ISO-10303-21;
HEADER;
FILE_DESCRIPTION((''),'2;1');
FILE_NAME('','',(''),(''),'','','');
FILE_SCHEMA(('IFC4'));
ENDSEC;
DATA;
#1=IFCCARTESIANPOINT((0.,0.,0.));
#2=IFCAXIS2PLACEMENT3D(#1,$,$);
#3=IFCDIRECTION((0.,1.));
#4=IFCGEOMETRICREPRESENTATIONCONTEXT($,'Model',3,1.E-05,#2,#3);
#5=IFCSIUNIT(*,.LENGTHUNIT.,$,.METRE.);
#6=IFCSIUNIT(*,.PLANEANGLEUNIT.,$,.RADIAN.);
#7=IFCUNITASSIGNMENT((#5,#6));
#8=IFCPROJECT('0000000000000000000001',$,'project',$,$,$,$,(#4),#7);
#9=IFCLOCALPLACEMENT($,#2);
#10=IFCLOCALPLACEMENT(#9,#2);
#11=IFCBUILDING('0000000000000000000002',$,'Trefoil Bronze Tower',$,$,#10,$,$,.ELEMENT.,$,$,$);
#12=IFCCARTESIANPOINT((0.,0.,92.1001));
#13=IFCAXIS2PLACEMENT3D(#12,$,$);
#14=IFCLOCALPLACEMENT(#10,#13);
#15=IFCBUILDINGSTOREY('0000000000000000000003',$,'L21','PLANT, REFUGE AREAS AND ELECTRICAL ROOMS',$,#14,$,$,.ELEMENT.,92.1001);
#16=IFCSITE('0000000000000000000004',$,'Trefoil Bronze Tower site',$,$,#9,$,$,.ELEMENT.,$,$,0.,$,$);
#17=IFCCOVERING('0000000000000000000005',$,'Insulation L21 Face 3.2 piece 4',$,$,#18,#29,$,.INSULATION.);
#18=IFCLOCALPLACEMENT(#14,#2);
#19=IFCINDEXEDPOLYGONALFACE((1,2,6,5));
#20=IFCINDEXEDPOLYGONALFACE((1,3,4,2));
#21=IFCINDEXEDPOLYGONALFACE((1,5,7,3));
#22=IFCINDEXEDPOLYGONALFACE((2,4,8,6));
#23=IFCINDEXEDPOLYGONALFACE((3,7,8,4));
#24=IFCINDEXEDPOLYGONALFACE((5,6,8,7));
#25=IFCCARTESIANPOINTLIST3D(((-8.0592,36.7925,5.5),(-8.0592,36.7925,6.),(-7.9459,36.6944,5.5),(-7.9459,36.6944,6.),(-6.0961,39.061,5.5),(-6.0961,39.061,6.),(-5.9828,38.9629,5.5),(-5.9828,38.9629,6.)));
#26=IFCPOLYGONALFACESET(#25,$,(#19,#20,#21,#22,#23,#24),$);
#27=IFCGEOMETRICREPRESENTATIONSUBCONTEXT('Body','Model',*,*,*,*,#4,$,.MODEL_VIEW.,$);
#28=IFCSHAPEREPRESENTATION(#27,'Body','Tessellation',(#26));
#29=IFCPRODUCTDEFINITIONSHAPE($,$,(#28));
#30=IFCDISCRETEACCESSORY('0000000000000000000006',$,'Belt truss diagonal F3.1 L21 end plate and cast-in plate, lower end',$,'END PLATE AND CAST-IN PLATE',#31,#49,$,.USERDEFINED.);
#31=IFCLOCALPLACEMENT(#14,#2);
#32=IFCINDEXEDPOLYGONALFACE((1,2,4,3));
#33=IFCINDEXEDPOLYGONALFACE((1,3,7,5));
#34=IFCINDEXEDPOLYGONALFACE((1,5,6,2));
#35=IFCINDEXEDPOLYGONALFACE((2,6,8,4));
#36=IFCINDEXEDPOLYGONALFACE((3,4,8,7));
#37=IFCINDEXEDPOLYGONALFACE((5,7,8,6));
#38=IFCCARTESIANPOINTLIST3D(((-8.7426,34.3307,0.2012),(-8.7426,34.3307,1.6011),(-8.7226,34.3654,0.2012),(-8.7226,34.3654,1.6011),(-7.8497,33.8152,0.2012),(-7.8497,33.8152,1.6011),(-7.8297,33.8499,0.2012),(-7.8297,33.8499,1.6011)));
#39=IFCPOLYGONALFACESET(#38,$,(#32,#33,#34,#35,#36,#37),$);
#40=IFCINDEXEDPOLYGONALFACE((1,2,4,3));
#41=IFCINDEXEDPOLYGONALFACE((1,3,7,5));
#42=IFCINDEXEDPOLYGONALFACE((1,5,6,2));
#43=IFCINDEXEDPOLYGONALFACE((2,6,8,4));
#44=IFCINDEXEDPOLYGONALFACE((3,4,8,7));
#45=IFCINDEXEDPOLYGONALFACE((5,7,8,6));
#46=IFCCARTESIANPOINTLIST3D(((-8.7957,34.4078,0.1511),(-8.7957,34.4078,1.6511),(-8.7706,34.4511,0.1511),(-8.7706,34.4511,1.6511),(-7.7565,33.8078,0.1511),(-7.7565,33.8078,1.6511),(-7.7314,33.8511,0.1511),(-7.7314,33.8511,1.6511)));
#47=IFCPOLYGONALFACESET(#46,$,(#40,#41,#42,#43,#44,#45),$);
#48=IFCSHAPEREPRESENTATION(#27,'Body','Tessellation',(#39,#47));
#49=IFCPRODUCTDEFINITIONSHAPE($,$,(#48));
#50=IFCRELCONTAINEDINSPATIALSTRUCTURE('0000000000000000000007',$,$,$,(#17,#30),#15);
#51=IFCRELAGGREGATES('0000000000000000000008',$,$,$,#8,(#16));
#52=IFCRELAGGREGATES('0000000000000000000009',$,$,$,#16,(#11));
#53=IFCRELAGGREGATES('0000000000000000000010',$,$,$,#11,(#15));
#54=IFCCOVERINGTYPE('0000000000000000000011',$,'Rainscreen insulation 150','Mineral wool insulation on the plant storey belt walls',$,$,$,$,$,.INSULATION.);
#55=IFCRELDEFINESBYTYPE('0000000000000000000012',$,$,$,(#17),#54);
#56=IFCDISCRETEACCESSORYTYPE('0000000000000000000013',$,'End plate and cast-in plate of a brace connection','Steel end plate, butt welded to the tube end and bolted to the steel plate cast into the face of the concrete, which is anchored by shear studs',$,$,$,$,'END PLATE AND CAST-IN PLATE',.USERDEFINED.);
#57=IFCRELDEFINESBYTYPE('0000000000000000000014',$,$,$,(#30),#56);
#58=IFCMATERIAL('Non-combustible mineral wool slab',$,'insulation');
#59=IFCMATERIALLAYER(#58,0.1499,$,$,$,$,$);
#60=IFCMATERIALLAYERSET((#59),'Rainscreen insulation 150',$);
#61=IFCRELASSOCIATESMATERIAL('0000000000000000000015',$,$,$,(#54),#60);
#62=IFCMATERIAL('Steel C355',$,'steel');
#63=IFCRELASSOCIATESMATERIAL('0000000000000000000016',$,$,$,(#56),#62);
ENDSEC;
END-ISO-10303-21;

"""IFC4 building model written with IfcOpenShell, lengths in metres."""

from ifc_helpers import new_model, si_unit, direction, frame, origin, origin_2d, place, context, subcontext, project, spatial, rectangle, extrude, material, layer, layer_set, type_object, element, save


model = new_model("IFC4")

# Units and contexts
model_context = context("Model", 3, precision=1e-05, world=origin(), true_north=direction((0.0, 1.0)))
body_context = subcontext(model_context, "Body", "Model", "MODEL_VIEW")
ifc_project = project(units=[si_unit("LENGTHUNIT", "METRE"), si_unit("PLANEANGLEUNIT", "RADIAN")], contexts=[model_context])

# Site, building, storey
site_placement = place(None, origin())
site = spatial("IfcSite", under=ifc_project, at=site_placement, Name="Trefoil Bronze Tower site", CompositionType="ELEMENT", RefElevation=0.0)
building_placement = place(site_placement, origin())
building = spatial("IfcBuilding", under=site, at=building_placement, Name="Trefoil Bronze Tower", CompositionType="ELEMENT")
storey_placement = place(building_placement, frame((0.0, 0.0, 92.1001)))
storey = spatial("IfcBuildingStorey", under=building, at=storey_placement, Name="L21", Description="PLANT, REFUGE AREAS AND ELECTRICAL ROOMS", CompositionType="ELEMENT", Elevation=92.1001)

# Covering
ifc_material_1 = material(Name="Non-combustible mineral wool slab", Category="insulation")
ifc_layer_1 = layer(ifc_material_1, 0.1499)
ifc_layer_set_1 = layer_set([ifc_layer_1], Name="Rainscreen insulation 150")
covering_type_1 = type_object("IfcCoveringType", Name="Rainscreen insulation 150", Description="Mineral wool insulation on the plant storey belt walls", PredefinedType="INSULATION", material=ifc_layer_set_1)
covering_1_placement = place(storey_placement, frame((-7.021, 37.8777, 5.5), z_axis=(0.0, 0.0, 1.0), x_axis=(-0.654376, -0.756169, 0.0)))
element("IfcCovering", 1, at=covering_1_placement, inside=storey, type_object=covering_type_1, Name="Insulation L21 Face 3.2 piece 4", PredefinedType="INSULATION", context=body_context, shape_type="SweptSolid", body=[
    extrude(rectangle(XDim=3.0, YDim=0.1499, at=origin_2d()), origin(), (0.0, 0.0, 1.0), 0.5),
])

# Discrete accessory
ifc_material_2 = material(Name="Steel C355", Category="steel")
discrete_accessory_type = type_object("IfcDiscreteAccessoryType", Name="End plate and cast-in plate of a brace connection", Description="Steel end plate, butt welded to the tube end and bolted to the steel plate cast into the face of the concrete, which is anchored by shear studs", ElementType="END PLATE AND CAST-IN PLATE", PredefinedType="USERDEFINED", material=ifc_material_2)
discrete_accessory_placement = place(storey_placement, frame((-8.2761, 34.1077, 0.9011), z_axis=(0.0, 0.0, 1.0), x_axis=(-0.5, -0.866025, 0.0)))
element("IfcDiscreteAccessory", 2, at=discrete_accessory_placement, inside=storey, type_object=discrete_accessory_type, Name="Belt truss diagonal F3.1 L21 end plate and cast-in plate, lower end", ObjectType="END PLATE AND CAST-IN PLATE", PredefinedType="USERDEFINED", context=body_context, shape_type="SweptSolid", body=[
    extrude(rectangle(XDim=0.04, YDim=1.031, at=origin_2d()), frame((0.02, 0.0, -0.7)), (0.0, 0.0, 1.0), 1.3999),
    extrude(rectangle(XDim=0.05, YDim=1.2, at=origin_2d()), frame((-0.0251, 0.0, -0.75)), (0.0, 0.0, 1.0), 1.5),
])

save(model, "model.ifc")
